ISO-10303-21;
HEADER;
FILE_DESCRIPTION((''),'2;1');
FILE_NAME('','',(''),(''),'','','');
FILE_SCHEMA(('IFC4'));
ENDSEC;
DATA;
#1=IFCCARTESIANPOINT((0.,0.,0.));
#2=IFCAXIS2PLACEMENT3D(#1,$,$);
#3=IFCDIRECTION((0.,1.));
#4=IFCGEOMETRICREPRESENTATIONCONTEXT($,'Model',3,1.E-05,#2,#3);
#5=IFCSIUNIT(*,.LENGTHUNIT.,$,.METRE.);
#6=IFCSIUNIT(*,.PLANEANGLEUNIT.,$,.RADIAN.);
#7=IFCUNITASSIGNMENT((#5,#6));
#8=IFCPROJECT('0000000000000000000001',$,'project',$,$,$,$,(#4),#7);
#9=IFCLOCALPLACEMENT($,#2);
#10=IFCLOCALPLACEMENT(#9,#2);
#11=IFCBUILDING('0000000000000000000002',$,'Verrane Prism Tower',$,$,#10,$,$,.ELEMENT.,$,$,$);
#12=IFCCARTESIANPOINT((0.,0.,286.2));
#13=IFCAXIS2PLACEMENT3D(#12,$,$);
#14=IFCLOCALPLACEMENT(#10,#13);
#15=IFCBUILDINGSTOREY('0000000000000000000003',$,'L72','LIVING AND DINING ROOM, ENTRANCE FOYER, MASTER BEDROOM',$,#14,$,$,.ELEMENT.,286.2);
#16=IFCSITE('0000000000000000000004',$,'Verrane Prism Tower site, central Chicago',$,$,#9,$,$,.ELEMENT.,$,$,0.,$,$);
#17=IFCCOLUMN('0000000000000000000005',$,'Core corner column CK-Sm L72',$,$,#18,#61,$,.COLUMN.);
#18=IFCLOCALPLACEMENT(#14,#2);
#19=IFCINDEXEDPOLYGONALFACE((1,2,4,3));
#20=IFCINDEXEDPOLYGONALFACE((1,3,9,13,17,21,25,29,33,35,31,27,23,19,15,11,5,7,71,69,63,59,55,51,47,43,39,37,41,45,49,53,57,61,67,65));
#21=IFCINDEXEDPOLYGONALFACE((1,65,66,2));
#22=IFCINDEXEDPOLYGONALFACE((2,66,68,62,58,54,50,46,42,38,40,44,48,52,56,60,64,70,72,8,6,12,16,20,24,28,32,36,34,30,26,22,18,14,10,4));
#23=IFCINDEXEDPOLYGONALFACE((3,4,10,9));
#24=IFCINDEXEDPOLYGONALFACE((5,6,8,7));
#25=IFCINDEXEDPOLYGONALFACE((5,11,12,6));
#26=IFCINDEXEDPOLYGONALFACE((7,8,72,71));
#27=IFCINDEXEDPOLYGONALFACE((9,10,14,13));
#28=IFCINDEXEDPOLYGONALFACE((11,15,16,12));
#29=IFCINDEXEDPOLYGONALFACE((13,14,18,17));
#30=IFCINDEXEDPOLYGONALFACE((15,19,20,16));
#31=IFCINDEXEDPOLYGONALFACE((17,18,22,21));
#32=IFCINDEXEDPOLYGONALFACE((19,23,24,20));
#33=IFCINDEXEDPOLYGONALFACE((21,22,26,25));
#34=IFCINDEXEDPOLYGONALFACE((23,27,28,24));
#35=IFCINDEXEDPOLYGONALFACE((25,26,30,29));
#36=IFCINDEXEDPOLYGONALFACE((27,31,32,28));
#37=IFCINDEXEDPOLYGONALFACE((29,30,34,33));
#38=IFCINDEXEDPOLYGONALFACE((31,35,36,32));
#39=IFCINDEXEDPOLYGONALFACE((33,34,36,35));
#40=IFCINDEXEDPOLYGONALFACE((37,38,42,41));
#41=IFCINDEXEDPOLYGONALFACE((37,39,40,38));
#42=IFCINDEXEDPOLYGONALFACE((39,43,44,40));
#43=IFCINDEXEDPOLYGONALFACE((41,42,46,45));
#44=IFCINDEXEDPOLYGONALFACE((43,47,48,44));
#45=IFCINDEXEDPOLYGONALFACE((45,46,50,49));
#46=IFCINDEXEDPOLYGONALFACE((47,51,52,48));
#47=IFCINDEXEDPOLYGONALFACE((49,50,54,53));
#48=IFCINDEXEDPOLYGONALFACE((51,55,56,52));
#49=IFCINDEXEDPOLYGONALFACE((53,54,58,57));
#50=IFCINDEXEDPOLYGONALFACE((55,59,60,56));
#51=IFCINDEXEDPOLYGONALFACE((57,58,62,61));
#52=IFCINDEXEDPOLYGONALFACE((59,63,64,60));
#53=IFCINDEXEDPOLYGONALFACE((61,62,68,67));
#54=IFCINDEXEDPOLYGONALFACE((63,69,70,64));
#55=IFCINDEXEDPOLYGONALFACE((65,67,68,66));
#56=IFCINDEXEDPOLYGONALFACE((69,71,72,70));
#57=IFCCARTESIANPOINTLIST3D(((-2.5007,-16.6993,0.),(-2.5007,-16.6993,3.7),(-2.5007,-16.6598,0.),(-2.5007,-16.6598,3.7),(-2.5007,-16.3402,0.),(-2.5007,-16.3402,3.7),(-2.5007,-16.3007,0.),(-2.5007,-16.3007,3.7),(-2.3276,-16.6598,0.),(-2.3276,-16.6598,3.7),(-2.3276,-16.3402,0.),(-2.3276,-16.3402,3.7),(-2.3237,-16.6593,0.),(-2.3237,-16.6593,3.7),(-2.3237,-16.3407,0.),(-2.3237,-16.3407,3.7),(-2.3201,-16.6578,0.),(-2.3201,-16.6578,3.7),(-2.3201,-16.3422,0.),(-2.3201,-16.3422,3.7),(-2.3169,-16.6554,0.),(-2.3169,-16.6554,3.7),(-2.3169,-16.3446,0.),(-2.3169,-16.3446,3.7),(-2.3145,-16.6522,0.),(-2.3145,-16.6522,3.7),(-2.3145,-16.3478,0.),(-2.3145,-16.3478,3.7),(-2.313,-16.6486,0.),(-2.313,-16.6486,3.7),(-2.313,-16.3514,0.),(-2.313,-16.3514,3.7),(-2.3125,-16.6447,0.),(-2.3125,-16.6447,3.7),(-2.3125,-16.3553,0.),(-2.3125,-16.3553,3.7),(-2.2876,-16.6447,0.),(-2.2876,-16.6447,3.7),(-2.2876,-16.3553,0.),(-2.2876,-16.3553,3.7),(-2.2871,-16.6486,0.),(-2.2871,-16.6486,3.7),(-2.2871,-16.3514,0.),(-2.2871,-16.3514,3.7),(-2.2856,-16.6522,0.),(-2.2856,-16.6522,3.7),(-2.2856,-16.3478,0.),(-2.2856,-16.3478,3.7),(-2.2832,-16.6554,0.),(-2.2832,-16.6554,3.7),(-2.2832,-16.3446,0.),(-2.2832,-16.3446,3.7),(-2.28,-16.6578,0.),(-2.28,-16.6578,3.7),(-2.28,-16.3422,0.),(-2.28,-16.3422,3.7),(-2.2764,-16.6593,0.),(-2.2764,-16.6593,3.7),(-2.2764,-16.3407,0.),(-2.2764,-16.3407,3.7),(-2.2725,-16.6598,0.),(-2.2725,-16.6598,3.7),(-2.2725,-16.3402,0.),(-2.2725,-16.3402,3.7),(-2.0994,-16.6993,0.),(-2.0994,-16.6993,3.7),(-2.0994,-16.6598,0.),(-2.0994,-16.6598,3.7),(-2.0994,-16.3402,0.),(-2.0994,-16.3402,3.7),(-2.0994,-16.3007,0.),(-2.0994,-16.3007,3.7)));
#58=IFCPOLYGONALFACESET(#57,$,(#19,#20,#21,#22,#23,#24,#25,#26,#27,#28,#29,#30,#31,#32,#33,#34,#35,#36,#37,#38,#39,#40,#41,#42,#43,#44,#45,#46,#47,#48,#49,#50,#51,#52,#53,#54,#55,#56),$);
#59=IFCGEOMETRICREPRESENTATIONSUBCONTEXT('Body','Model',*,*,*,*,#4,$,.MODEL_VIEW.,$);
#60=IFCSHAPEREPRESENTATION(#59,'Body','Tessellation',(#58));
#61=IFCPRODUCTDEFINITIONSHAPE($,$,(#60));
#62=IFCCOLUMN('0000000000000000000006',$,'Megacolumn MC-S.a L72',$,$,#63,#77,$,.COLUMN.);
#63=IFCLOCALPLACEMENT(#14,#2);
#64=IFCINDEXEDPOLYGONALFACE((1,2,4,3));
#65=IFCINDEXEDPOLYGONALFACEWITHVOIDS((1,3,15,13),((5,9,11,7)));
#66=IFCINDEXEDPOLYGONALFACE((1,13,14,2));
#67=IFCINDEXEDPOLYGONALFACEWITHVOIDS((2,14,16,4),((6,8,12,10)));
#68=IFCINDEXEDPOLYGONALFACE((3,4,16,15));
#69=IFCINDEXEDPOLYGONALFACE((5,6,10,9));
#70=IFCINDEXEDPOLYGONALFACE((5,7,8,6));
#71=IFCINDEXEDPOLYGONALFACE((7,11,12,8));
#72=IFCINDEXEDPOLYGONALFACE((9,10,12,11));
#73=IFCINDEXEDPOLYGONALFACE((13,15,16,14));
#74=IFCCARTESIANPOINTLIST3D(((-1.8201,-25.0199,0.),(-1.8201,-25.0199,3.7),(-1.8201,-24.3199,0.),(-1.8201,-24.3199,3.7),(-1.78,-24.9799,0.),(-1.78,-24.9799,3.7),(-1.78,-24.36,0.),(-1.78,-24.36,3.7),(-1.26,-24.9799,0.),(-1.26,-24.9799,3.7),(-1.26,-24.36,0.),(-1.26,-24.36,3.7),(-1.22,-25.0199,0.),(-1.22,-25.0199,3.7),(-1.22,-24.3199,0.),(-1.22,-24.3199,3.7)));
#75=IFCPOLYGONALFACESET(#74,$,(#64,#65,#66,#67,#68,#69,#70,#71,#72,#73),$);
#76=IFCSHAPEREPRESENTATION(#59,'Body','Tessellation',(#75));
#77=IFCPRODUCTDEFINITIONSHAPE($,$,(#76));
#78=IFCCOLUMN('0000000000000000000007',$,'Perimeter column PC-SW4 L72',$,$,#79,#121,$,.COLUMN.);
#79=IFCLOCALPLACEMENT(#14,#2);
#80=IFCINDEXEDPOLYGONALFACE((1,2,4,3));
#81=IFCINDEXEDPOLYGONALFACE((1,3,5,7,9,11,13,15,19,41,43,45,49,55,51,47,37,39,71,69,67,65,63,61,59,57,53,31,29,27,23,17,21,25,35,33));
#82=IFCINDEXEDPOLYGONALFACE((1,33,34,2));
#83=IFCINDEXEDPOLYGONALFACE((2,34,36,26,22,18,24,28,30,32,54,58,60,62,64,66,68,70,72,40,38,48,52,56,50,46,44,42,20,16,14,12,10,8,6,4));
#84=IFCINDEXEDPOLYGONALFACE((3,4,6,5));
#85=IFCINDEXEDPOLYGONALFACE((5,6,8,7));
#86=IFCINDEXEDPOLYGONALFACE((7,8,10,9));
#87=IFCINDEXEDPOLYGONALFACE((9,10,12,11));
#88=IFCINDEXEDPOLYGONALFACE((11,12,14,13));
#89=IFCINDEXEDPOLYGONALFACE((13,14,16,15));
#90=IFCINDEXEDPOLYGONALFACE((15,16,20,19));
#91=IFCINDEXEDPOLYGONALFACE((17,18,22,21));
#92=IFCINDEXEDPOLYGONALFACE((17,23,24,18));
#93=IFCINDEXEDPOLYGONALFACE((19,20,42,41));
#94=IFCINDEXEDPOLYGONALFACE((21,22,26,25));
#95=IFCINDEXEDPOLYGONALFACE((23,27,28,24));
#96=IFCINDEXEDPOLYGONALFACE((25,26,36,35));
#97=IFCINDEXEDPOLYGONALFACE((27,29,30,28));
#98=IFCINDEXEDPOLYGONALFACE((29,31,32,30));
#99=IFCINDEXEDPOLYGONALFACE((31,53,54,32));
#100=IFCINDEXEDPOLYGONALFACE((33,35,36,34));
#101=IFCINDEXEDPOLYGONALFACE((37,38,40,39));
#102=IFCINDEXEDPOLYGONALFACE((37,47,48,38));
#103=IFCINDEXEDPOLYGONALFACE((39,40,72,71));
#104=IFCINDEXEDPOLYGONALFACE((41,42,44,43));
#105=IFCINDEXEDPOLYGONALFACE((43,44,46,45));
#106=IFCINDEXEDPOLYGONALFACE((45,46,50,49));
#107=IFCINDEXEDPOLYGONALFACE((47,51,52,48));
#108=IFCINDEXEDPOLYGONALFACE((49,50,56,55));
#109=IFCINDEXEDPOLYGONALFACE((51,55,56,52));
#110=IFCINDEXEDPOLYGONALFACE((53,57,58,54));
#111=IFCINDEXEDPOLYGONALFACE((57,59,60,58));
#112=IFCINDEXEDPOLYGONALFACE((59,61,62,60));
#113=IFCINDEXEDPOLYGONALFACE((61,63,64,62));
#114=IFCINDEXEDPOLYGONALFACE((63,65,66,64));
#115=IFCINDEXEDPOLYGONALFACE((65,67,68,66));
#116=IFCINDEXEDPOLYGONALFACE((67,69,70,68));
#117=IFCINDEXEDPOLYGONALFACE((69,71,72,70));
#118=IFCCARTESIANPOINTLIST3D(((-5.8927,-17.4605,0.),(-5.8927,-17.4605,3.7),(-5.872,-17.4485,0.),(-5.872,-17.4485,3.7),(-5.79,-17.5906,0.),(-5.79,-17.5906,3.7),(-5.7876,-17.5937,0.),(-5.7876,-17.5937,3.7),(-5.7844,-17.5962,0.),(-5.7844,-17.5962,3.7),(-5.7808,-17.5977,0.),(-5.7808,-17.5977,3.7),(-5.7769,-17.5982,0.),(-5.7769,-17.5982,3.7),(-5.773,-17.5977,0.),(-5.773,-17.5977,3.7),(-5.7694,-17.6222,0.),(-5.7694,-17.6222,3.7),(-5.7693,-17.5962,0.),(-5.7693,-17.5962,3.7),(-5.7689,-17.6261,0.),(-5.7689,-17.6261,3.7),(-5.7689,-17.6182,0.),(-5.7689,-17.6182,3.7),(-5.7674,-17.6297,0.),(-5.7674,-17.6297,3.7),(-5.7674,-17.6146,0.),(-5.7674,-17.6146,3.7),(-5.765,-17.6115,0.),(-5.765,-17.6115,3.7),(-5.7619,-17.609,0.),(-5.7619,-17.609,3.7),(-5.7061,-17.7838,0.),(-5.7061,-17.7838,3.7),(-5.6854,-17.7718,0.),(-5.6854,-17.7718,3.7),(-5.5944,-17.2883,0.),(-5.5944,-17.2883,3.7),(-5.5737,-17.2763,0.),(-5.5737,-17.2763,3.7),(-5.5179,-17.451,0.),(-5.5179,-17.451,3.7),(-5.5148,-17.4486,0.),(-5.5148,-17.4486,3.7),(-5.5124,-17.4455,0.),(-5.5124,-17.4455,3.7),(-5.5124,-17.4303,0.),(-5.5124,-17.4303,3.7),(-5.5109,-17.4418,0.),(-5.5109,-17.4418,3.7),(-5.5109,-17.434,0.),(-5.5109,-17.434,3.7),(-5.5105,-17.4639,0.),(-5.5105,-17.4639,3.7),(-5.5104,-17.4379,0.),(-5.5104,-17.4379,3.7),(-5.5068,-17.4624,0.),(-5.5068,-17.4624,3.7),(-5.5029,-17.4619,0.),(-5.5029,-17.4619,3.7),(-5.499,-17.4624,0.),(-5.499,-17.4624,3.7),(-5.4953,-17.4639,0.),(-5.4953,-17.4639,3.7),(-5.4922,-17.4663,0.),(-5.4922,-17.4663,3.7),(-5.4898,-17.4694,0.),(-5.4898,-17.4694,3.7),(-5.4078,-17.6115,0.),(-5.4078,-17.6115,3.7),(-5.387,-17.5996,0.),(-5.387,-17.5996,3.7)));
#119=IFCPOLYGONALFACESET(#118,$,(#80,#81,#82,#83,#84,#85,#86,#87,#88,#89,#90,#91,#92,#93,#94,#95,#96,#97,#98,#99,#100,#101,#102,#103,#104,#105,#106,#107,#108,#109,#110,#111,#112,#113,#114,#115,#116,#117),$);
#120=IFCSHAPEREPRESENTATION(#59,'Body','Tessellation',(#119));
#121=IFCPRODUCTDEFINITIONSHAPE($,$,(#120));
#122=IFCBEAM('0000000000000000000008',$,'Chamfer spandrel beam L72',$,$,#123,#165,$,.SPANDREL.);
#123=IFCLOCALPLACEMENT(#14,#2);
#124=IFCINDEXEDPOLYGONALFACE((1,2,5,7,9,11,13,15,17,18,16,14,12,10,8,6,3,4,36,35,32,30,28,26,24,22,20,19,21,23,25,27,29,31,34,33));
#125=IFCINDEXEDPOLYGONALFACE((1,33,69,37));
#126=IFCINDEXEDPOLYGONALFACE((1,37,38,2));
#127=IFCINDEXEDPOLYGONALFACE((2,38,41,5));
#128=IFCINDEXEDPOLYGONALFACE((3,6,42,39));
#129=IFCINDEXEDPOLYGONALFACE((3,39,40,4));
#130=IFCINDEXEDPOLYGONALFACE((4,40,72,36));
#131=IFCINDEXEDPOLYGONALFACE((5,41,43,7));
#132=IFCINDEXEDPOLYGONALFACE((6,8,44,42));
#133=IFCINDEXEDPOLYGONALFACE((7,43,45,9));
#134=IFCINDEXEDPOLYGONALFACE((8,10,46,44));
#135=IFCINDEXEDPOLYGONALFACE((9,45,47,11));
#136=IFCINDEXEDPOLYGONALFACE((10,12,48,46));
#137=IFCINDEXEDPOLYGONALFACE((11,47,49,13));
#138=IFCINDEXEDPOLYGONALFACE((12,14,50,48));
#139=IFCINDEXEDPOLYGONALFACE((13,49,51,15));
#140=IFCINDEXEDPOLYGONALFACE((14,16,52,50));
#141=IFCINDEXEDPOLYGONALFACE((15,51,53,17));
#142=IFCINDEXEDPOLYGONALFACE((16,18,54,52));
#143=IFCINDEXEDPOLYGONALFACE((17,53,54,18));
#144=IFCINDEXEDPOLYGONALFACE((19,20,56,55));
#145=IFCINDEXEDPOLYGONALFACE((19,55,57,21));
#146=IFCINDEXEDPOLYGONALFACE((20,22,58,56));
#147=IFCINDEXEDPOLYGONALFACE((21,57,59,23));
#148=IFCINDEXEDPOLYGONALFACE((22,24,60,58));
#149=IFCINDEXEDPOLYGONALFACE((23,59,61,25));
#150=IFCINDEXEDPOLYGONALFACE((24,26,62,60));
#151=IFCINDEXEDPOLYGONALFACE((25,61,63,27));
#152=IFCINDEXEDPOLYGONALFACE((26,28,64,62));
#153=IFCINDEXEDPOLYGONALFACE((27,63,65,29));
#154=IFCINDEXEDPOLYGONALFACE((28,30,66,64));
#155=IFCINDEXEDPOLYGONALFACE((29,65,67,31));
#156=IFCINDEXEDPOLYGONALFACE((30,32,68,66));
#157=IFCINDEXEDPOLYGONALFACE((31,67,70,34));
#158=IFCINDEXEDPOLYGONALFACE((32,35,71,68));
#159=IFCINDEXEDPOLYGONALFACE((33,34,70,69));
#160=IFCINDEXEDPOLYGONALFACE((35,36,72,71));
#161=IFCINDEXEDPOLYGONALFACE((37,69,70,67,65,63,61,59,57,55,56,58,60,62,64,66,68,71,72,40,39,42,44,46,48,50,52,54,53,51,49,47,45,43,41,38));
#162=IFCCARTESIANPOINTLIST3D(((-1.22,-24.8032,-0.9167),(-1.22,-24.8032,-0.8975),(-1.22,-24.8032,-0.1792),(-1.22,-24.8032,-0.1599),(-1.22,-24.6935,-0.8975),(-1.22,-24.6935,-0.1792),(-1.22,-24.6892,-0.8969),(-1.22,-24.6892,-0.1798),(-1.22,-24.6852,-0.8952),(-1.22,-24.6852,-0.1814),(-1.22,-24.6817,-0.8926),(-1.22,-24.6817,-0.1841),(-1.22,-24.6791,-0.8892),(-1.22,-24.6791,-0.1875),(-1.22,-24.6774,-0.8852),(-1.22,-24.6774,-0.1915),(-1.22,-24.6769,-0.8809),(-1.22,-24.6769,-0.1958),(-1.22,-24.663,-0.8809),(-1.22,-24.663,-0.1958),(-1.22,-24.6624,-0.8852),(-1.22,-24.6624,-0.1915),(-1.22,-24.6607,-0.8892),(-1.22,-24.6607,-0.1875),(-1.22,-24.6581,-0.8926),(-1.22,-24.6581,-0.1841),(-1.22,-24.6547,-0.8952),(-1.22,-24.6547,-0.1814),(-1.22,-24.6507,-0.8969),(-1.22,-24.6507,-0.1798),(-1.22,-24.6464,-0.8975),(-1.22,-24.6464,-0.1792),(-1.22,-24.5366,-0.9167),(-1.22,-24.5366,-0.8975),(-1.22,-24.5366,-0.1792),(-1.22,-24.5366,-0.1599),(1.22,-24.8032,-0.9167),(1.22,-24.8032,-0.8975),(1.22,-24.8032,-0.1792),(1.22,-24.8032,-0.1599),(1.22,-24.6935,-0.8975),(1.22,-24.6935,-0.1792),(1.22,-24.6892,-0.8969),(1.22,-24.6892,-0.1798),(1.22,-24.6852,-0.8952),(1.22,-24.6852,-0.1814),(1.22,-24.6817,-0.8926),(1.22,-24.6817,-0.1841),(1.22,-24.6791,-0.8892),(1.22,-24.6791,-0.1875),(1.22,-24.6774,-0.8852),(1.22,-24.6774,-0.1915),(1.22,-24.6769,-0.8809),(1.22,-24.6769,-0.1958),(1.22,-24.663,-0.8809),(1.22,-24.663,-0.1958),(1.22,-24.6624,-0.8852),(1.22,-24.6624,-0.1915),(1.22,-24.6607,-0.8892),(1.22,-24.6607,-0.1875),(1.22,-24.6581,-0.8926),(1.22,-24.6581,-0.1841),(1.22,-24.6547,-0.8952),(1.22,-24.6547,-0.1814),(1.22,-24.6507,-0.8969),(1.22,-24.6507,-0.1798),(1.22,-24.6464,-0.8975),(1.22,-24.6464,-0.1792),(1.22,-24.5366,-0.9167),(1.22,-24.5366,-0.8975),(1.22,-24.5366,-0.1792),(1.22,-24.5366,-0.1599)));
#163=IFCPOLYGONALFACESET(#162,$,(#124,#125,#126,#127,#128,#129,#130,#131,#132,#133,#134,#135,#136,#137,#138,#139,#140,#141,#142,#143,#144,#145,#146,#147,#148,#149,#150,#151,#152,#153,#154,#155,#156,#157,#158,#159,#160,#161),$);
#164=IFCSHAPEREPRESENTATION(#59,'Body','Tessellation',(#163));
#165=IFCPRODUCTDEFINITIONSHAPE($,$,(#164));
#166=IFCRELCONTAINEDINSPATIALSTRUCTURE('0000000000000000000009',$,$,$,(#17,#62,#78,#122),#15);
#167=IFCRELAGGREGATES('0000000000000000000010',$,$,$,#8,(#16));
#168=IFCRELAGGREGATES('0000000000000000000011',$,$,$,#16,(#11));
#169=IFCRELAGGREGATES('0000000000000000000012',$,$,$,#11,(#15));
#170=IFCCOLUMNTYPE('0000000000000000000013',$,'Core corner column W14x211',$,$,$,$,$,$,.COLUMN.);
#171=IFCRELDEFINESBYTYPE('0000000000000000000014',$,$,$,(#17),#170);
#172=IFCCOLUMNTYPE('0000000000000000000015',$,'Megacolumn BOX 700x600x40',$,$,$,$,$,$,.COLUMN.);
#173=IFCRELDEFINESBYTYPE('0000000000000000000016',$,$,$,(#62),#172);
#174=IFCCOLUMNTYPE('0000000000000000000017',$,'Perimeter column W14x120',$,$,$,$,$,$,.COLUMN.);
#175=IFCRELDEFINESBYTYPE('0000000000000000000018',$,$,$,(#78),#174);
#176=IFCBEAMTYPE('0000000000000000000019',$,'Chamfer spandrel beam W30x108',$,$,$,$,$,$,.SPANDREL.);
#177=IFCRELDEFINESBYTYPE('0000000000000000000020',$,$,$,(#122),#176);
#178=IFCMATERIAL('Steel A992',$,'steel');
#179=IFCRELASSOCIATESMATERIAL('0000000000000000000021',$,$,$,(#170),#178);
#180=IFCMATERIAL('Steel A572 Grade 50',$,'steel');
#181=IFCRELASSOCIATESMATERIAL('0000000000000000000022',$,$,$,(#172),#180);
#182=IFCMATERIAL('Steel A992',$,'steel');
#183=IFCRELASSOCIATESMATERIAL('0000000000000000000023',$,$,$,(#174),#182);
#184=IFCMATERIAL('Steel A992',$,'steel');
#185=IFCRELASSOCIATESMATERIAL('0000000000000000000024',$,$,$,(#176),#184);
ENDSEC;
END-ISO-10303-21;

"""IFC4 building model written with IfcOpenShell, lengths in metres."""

from ifc_helpers import new_model, si_unit, direction, frame, origin, origin_2d, place, context, subcontext, project, spatial, hollow_rectangle, i_section, extrude, material, material_profile, profile_set, type_object, element, save


model = new_model("IFC4")

# Units and contexts
model_context = context("Model", 3, precision=1e-05, world=origin(), true_north=direction((0.0, 1.0)))
body_context = subcontext(model_context, "Body", "Model", "MODEL_VIEW")
ifc_project = project(units=[si_unit("LENGTHUNIT", "METRE"), si_unit("PLANEANGLEUNIT", "RADIAN")], contexts=[model_context])

# Site, building, storey
site_placement = place(None, origin())
site = spatial("IfcSite", under=ifc_project, at=site_placement, Name="Verrane Prism Tower site, central Chicago", CompositionType="ELEMENT", RefElevation=0.0)
building_placement = place(site_placement, origin())
building = spatial("IfcBuilding", under=site, at=building_placement, Name="Verrane Prism Tower", CompositionType="ELEMENT")
storey_placement = place(building_placement, frame((0.0, 0.0, 286.2)))
storey = spatial("IfcBuildingStorey", under=building, at=storey_placement, Name="L72", Description="LIVING AND DINING ROOM, ENTRANCE FOYER, MASTER BEDROOM", CompositionType="ELEMENT", Elevation=286.2)

# Columns
ifc_material_1 = material(Name="Steel A992", Category="steel")
ifc_material_profile_1 = material_profile(ifc_material_1, i_section(OverallWidth=0.4014, OverallDepth=0.3987, WebThickness=0.0249, FlangeThickness=0.0396, FilletRadius=0.0151, at=origin_2d()), Name="W14x211")
ifc_profile_set_1 = profile_set([ifc_material_profile_1], Name="Steel A992")
column_type_1 = type_object("IfcColumnType", Name="Core corner column W14x211", PredefinedType="COLUMN", material=ifc_profile_set_1)
column_1_placement = place(storey_placement, frame((-2.3, -16.5, 0.0), z_axis=(0.0, 0.0, 1.0), x_axis=(-1.0, 0.0, 0.0)))
element("IfcColumn", 1, at=column_1_placement, inside=storey, type_object=column_type_1, Name="Core corner column CK-Sm L72", PredefinedType="COLUMN", context=body_context, shape_type="SweptSolid", body=[
    extrude(i_section(OverallWidth=0.4014, OverallDepth=0.3987, WebThickness=0.0249, FlangeThickness=0.0396, FilletRadius=0.0151, at=origin_2d()), origin(), (0.0, 0.0, 1.0), 3.7),
])
ifc_material_2 = material(Name="Steel A572 Grade 50", Category="steel")
ifc_material_profile_2 = material_profile(ifc_material_2, hollow_rectangle(XDim=0.6001, YDim=0.7, WallThickness=0.04, at=origin_2d()), Name="BOX 700x600x40")
ifc_profile_set_2 = profile_set([ifc_material_profile_2], Name="Steel A572 Grade 50")
column_type_2 = type_object("IfcColumnType", Name="Megacolumn BOX 700x600x40", PredefinedType="COLUMN", material=ifc_profile_set_2)
column_2_placement = place(storey_placement, frame((-1.52, -24.6699, 0.0), z_axis=(0.0, 0.0, 1.0), x_axis=(-1.0, 0.0, 0.0)))
element("IfcColumn", 2, at=column_2_placement, inside=storey, type_object=column_type_2, Name="Megacolumn MC-S.a L72", PredefinedType="COLUMN", context=body_context, shape_type="SweptSolid", body=[
    extrude(hollow_rectangle(XDim=0.6001, YDim=0.7, WallThickness=0.04, at=origin_2d()), origin(), (0.0, 0.0, 1.0), 3.7),
])
ifc_material_3 = material(Name="Steel A992", Category="steel")
ifc_material_profile_3 = material_profile(ifc_material_3, i_section(OverallWidth=0.3733, OverallDepth=0.3684, WebThickness=0.0149, FlangeThickness=0.0239, FilletRadius=0.0151, at=origin_2d()), Name="W14x120")
ifc_profile_set_3 = profile_set([ifc_material_profile_3], Name="Steel A992")
column_type_3 = type_object("IfcColumnType", Name="Perimeter column W14x120", PredefinedType="COLUMN", material=ifc_profile_set_3)
column_3_placement = place(storey_placement, frame((-5.6399, -17.53, 0.0), z_axis=(0.0, 0.0, 1.0), x_axis=(-0.5, 0.866025, 0.0)))
element("IfcColumn", 3, at=column_3_placement, inside=storey, type_object=column_type_3, Name="Perimeter column PC-SW4 L72", PredefinedType="COLUMN", context=body_context, shape_type="SweptSolid", body=[
    extrude(i_section(OverallWidth=0.3733, OverallDepth=0.3684, WebThickness=0.0149, FlangeThickness=0.0239, FilletRadius=0.0151, at=origin_2d()), origin(), (0.0, 0.0, 1.0), 3.7),
])

# Beam
ifc_material_4 = material(Name="Steel A992", Category="steel")
ifc_material_profile_4 = material_profile(ifc_material_4, i_section(OverallWidth=0.2666, OverallDepth=0.7568, WebThickness=0.0139, FlangeThickness=0.0193, FilletRadius=0.0166, at=origin_2d()), Name="W30x108")
ifc_profile_set_4 = profile_set([ifc_material_profile_4], Name="Steel A992")
beam_type_1 = type_object("IfcBeamType", Name="Chamfer spandrel beam W30x108", PredefinedType="SPANDREL", material=ifc_profile_set_4)
beam_1_placement = place(storey_placement, frame((-1.22, -24.6699, -0.5383), z_axis=(1.0, 0.0, 0.0), x_axis=(0.0, 1.0, 0.0)))
element("IfcBeam", 4, at=beam_1_placement, inside=storey, type_object=beam_type_1, Name="Chamfer spandrel beam L72", PredefinedType="SPANDREL", context=body_context, shape_type="SweptSolid", body=[
    extrude(i_section(OverallWidth=0.2666, OverallDepth=0.7568, WebThickness=0.0139, FlangeThickness=0.0193, FilletRadius=0.0166, at=origin_2d()), origin(), (0.0, 0.0, 1.0), 2.4399),
])

save(model, "model.ifc")
